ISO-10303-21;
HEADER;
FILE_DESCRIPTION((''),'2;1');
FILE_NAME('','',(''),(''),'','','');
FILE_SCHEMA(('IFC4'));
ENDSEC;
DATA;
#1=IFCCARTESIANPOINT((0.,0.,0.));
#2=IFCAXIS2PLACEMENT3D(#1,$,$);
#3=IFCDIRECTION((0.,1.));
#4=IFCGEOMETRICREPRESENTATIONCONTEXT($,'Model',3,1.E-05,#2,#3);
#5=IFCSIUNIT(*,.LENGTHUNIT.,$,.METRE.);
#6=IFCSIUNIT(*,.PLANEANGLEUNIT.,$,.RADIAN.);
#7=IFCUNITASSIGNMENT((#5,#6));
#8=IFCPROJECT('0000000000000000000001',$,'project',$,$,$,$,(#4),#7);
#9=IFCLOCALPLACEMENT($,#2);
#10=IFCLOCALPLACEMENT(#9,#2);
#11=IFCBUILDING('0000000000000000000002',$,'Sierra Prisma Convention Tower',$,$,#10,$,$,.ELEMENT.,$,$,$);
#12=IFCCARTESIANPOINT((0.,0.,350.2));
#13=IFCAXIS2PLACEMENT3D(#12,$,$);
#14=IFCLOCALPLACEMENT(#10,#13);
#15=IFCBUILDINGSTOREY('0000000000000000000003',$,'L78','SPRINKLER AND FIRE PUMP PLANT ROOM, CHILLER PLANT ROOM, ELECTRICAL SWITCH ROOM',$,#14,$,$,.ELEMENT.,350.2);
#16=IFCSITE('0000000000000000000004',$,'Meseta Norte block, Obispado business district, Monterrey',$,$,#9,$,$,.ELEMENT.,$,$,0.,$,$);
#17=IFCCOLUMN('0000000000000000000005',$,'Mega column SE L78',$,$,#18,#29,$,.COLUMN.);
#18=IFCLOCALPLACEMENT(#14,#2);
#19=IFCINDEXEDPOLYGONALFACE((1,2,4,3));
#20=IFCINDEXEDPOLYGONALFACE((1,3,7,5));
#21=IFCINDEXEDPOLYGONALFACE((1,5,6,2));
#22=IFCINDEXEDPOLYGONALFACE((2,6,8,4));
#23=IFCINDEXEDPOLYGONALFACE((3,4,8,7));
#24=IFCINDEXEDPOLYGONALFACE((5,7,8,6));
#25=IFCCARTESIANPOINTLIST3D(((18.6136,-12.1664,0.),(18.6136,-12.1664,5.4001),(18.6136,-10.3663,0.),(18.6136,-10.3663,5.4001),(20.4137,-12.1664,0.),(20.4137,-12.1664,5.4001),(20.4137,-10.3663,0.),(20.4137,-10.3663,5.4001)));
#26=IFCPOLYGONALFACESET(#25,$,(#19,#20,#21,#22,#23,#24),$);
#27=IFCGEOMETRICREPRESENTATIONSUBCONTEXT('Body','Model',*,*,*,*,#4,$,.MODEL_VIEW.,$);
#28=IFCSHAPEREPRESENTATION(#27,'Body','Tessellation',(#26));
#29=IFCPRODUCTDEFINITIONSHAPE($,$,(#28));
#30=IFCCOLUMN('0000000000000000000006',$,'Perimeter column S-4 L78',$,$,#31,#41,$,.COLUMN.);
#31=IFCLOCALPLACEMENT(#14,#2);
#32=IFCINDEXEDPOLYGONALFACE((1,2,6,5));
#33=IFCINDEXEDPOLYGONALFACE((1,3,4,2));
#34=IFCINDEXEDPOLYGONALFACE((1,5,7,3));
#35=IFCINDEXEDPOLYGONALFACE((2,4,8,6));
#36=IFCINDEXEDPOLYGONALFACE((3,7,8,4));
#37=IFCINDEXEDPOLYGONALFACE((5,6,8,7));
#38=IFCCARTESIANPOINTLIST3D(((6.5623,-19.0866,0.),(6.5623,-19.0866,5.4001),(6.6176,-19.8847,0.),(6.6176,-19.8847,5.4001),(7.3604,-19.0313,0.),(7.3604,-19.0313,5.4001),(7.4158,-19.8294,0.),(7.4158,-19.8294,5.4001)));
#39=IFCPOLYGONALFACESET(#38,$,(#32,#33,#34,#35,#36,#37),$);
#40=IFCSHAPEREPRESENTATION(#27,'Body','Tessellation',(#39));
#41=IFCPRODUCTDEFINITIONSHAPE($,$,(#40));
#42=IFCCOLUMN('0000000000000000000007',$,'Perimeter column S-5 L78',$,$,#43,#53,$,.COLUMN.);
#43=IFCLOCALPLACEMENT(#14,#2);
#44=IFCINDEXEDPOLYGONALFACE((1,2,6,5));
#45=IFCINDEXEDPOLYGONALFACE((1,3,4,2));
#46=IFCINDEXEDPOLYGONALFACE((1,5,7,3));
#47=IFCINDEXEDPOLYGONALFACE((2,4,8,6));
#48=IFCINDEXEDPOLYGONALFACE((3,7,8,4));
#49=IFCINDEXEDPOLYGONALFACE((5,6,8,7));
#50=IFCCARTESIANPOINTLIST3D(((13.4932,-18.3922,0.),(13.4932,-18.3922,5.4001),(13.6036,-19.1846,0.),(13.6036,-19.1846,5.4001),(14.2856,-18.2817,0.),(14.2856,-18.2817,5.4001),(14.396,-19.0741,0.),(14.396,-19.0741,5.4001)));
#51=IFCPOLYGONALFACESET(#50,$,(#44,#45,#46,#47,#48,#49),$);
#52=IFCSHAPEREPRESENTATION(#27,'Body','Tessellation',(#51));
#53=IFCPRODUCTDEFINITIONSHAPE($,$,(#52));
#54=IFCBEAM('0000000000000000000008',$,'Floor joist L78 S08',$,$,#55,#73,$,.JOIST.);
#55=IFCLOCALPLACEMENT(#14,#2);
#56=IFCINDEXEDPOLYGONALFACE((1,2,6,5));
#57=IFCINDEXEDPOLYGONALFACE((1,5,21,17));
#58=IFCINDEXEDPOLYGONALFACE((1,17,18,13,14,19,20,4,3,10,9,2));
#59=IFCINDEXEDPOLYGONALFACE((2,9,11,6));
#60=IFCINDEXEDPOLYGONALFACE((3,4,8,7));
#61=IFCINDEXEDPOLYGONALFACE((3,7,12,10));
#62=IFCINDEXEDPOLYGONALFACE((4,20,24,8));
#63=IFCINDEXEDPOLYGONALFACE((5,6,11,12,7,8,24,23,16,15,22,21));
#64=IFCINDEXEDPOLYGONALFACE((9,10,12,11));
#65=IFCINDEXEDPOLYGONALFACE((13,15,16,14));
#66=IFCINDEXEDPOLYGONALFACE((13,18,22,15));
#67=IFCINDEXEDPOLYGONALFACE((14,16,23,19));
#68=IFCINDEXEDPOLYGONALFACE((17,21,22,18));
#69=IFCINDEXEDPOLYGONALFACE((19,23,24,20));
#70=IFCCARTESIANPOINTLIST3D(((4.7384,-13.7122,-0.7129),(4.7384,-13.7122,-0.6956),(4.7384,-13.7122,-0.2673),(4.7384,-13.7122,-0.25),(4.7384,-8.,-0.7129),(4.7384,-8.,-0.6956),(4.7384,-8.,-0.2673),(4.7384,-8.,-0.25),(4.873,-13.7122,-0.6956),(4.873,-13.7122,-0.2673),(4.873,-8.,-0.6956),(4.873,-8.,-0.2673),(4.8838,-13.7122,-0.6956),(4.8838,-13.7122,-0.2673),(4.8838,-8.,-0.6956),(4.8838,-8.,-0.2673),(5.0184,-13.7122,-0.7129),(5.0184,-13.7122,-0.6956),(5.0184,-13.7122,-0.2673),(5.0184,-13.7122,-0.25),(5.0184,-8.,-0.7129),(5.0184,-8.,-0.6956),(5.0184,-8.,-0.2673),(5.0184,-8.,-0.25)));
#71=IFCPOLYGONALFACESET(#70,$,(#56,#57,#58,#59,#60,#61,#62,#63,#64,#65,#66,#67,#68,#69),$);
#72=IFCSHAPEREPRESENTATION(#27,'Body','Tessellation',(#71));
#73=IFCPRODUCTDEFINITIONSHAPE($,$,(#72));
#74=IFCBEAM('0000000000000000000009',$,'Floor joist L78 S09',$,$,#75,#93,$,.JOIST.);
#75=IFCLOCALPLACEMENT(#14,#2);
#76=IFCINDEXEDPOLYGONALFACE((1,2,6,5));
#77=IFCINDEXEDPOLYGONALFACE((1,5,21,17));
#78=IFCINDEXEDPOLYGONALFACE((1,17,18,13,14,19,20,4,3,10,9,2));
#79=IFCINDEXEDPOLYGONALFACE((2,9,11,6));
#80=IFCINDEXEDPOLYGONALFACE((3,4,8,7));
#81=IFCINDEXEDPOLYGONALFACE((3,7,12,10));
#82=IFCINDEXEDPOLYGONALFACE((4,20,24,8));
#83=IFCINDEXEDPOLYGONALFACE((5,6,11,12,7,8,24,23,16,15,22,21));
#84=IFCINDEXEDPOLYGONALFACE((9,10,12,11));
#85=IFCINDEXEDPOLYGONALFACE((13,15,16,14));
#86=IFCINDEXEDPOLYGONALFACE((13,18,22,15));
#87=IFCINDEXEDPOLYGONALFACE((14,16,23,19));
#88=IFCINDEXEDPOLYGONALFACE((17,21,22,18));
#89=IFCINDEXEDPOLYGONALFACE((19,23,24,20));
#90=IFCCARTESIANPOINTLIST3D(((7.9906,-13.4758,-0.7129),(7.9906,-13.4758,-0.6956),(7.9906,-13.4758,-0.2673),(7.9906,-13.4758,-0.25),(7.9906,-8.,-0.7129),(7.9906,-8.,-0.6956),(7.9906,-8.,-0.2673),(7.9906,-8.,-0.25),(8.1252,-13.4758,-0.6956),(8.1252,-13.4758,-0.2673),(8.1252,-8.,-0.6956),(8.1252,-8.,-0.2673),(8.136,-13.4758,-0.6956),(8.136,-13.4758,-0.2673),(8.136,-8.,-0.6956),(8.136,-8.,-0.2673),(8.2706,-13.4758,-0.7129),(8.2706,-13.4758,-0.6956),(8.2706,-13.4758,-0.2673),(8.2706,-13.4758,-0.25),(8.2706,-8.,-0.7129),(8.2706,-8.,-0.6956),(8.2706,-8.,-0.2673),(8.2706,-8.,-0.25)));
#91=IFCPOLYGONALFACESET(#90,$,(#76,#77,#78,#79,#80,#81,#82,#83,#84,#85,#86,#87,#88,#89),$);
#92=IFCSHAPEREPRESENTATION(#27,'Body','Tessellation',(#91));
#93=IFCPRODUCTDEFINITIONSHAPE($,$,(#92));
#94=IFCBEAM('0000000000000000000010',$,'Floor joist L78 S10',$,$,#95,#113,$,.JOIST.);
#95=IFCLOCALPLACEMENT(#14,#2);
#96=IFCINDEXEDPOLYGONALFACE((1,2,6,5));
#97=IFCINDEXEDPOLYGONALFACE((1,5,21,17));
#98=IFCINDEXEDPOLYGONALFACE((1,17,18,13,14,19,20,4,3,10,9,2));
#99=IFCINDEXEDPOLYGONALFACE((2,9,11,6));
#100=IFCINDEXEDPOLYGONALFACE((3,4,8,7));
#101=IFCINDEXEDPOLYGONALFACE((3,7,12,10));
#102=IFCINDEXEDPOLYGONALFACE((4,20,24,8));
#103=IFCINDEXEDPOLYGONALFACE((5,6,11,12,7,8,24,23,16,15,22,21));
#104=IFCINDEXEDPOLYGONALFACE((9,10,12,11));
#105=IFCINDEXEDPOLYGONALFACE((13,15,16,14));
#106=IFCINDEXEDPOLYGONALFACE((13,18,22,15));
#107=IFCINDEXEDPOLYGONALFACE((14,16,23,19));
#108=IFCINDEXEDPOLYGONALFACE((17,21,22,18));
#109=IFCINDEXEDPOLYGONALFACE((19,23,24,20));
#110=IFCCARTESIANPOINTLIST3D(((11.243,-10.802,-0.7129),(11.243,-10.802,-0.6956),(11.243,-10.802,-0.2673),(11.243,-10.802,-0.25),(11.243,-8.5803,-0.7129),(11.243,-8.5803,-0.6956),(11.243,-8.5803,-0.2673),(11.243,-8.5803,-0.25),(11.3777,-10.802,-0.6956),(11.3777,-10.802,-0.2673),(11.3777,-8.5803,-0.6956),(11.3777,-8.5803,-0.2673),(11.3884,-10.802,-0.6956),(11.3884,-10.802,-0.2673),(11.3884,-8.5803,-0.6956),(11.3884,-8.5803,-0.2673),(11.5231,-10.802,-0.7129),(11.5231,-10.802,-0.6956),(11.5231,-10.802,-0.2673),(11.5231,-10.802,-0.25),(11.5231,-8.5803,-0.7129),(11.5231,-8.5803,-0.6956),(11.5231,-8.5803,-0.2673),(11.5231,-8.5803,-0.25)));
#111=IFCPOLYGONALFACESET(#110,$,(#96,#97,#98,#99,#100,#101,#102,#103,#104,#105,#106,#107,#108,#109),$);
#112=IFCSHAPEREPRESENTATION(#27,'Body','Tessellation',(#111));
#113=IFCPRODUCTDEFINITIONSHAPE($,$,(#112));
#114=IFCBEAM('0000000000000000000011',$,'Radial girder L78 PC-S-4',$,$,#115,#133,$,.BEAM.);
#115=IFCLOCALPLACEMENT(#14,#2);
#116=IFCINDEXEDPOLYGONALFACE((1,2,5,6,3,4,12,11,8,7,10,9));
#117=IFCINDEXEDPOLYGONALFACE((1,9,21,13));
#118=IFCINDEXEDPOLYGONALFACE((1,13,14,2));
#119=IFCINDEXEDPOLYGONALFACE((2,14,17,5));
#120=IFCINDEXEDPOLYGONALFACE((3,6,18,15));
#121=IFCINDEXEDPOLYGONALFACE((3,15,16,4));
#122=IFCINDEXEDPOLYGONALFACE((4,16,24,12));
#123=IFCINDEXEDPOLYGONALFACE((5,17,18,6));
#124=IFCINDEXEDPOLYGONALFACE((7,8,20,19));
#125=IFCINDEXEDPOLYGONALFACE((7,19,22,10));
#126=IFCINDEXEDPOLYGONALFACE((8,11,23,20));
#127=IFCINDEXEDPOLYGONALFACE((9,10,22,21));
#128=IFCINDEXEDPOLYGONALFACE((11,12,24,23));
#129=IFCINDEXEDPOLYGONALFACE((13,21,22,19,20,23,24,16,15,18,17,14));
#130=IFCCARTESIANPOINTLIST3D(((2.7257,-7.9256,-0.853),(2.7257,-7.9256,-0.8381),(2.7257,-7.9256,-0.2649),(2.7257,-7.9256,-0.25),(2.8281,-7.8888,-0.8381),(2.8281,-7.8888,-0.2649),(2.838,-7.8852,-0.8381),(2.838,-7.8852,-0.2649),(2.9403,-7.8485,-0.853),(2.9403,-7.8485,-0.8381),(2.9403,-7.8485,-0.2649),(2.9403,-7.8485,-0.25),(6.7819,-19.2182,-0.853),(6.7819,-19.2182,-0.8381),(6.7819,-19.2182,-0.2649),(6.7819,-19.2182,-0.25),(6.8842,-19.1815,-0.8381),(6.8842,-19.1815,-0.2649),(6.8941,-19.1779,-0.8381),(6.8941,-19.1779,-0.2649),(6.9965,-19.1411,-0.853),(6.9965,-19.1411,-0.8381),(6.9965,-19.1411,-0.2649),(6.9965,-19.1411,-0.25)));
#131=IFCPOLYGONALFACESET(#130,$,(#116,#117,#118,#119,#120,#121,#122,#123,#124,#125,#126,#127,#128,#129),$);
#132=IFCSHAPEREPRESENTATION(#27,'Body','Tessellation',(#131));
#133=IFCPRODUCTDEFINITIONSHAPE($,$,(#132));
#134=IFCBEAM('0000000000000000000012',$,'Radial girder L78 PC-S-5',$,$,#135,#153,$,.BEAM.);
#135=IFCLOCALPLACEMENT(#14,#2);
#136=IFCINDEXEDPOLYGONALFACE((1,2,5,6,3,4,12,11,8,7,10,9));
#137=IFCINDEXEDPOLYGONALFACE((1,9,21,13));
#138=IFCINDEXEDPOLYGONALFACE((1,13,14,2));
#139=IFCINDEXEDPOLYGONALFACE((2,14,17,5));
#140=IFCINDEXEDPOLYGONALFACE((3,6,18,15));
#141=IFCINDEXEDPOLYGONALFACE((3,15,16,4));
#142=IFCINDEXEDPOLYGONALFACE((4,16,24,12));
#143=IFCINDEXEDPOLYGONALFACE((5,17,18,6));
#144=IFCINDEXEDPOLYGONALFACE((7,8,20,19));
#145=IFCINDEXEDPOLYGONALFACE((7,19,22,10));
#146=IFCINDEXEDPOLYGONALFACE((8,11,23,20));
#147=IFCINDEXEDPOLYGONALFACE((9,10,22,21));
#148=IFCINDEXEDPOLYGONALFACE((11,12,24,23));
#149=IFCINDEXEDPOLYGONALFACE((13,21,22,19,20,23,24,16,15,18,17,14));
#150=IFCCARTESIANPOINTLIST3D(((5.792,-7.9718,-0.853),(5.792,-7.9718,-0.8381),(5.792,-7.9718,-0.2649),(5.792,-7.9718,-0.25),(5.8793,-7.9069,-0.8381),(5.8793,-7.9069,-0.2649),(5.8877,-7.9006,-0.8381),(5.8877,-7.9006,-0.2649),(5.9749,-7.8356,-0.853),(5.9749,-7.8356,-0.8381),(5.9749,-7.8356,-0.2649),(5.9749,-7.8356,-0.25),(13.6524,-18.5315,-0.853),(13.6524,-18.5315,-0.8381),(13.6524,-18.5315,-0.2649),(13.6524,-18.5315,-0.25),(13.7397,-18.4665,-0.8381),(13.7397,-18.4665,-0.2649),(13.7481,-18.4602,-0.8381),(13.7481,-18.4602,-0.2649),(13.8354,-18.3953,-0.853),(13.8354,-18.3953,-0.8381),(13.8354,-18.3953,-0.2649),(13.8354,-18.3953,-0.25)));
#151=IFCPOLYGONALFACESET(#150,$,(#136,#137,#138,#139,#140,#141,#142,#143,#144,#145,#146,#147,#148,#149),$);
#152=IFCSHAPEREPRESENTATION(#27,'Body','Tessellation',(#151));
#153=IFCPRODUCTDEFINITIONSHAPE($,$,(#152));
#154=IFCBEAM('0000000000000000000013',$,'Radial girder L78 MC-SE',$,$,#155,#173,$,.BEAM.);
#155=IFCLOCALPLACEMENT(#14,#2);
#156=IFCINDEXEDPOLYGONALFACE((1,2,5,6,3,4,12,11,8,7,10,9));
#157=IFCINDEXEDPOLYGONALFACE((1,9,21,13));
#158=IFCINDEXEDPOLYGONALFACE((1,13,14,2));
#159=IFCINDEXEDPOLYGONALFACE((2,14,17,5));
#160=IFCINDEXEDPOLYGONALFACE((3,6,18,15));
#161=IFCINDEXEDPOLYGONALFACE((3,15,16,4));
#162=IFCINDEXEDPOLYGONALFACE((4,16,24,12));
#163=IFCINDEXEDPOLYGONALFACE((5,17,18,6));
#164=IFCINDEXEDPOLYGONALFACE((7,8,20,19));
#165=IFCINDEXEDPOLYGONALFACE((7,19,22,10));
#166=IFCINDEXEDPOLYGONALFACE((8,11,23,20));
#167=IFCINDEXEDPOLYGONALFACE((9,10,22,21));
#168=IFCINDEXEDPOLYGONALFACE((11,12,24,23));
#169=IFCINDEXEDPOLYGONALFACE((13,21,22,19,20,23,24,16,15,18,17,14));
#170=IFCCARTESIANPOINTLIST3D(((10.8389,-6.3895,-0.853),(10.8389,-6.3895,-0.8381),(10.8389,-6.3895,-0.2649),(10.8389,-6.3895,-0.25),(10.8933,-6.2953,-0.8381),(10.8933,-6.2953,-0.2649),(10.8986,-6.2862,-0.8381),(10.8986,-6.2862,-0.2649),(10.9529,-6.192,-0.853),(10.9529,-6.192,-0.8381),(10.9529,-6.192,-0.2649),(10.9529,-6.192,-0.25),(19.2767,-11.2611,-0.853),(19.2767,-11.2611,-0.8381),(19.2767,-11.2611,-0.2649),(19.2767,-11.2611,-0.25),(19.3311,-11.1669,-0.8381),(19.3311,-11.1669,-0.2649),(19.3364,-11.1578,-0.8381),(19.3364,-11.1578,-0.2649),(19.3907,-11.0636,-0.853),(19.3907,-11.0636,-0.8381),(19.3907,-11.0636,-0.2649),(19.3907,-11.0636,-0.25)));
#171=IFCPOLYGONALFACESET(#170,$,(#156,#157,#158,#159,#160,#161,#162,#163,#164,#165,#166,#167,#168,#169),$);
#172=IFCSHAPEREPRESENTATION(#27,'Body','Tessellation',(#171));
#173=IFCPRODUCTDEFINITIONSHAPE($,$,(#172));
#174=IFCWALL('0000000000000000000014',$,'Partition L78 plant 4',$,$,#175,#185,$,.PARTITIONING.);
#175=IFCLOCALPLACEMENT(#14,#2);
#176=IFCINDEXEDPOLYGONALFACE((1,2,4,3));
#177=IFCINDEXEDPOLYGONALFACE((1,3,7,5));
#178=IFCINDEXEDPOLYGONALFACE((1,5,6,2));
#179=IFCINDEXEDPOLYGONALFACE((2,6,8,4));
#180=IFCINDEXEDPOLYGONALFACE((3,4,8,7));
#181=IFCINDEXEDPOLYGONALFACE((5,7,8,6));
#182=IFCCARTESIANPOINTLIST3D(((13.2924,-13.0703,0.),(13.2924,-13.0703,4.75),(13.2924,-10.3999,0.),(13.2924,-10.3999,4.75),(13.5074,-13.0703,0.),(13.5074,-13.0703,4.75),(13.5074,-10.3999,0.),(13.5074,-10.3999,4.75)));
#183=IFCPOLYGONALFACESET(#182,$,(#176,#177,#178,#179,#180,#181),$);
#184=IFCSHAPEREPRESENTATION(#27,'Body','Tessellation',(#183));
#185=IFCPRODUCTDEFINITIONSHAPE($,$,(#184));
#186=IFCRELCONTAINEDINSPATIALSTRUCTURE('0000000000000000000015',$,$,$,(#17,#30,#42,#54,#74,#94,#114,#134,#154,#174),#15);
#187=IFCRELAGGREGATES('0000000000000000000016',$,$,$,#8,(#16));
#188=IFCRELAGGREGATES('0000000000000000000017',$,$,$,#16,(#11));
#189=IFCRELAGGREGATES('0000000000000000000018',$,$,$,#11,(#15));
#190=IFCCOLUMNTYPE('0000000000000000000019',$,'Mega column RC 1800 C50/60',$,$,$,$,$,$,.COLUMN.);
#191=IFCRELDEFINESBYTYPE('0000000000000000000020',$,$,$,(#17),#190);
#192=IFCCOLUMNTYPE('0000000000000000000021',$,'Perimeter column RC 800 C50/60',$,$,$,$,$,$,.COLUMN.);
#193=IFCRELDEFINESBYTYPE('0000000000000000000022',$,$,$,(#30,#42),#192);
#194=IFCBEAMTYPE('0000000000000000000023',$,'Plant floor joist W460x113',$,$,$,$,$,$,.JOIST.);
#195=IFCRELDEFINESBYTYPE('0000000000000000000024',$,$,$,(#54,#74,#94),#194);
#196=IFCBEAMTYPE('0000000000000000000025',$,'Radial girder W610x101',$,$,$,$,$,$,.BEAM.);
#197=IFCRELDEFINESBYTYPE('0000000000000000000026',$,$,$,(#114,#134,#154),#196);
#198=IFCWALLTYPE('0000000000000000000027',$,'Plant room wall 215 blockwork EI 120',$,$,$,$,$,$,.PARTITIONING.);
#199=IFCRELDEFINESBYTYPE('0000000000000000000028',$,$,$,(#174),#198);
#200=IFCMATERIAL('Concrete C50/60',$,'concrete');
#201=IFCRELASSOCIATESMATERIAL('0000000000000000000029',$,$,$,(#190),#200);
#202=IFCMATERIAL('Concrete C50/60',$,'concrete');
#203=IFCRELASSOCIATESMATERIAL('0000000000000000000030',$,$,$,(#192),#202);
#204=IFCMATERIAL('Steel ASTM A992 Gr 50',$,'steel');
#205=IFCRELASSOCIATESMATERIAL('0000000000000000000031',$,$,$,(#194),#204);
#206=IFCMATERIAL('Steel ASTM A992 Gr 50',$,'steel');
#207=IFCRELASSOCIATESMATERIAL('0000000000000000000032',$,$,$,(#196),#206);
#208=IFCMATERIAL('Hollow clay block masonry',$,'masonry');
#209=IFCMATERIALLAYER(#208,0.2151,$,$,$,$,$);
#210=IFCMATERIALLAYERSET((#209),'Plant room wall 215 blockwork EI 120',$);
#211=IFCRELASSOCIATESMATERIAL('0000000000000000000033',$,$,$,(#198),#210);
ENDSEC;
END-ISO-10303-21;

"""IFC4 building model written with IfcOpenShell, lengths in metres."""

from ifc_helpers import new_model, si_unit, direction, frame, frame_2d, origin, origin_2d, place, context, subcontext, project, spatial, rectangle, i_section, extrude, material, layer, layer_set, material_profile, profile_set, type_object, element, save


model = new_model("IFC4")

# Units and contexts
model_context = context("Model", 3, precision=1e-05, world=origin(), true_north=direction((0.0, 1.0)))
body_context = subcontext(model_context, "Body", "Model", "MODEL_VIEW")
ifc_project = project(units=[si_unit("LENGTHUNIT", "METRE"), si_unit("PLANEANGLEUNIT", "RADIAN")], contexts=[model_context])

# Site, building, storey
site_placement = place(None, origin())
site = spatial("IfcSite", under=ifc_project, at=site_placement, Name="Meseta Norte block, Obispado business district, Monterrey", CompositionType="ELEMENT", RefElevation=0.0)
building_placement = place(site_placement, origin())
building = spatial("IfcBuilding", under=site, at=building_placement, Name="Sierra Prisma Convention Tower", CompositionType="ELEMENT")
storey_placement = place(building_placement, frame((0.0, 0.0, 350.2)))
storey = spatial("IfcBuildingStorey", under=building, at=storey_placement, Name="L78", Description="SPRINKLER AND FIRE PUMP PLANT ROOM, CHILLER PLANT ROOM, ELECTRICAL SWITCH ROOM", CompositionType="ELEMENT", Elevation=350.2)

# Columns
ifc_material_1 = material(Name="Concrete C50/60", Category="concrete")
ifc_material_profile_1 = material_profile(ifc_material_1, rectangle(XDim=1.8, YDim=1.8, at=origin_2d()), Name="Mega column RC 1800 C50/60")
ifc_profile_set_1 = profile_set([ifc_material_profile_1], Name="Concrete C50/60")
column_type_1 = type_object("IfcColumnType", Name="Mega column RC 1800 C50/60", PredefinedType="COLUMN", material=ifc_profile_set_1)
column_placement = place(storey_placement, frame((19.5137, -11.2664, 0.0), z_axis=(0.0, 0.0, 1.0), x_axis=(1.0, 0.0, 0.0)))
element("IfcColumn", 1, at=column_placement, inside=storey, type_object=column_type_1, Name="Mega column SE L78", PredefinedType="COLUMN", context=body_context, shape_type="SweptSolid", body=[
    extrude(rectangle(XDim=1.8, YDim=1.8, at=origin_2d()), origin(), (0.0, 0.0, 1.0), 5.4001),
])
ifc_material_2 = material(Name="Concrete C50/60", Category="concrete")
ifc_material_profile_2 = material_profile(ifc_material_2, rectangle(XDim=0.8, YDim=0.8, at=origin_2d()), Name="Perimeter column RC 800 C50/60")
ifc_profile_set_2 = profile_set([ifc_material_profile_2], Name="Concrete C50/60")
column_type_2 = type_object("IfcColumnType", Name="Perimeter column RC 800 C50/60", PredefinedType="COLUMN", material=ifc_profile_set_2)
for number, where, z_axis, x_axis, name in (
    (2, (6.989, -19.458, 0.0), (0.0, 0.0, 1.0), (0.997605, 0.069175, 0.0), "Perimeter column S-4 L78"),
    (3, (13.9446, -18.7332, 0.0), (0.0, 0.0, 1.0), (0.990429, 0.13802, 0.0), "Perimeter column S-5 L78"),
):
    element("IfcColumn", number, at=place(storey_placement, frame(where, z_axis=z_axis, x_axis=x_axis)), inside=storey, type_object=column_type_2, Name=name, PredefinedType="COLUMN", context=body_context, shape_type="SweptSolid", body=[
        extrude(rectangle(XDim=0.8, YDim=0.8, at=origin_2d()), origin(), (0.0, 0.0, 1.0), 5.4001),
    ])

# Beams
ifc_material_3 = material(Name="Steel ASTM A992 Gr 50", Category="steel")
ifc_material_profile_3 = material_profile(ifc_material_3, i_section(OverallWidth=0.28, OverallDepth=0.4629, WebThickness=0.0107, FlangeThickness=0.0173, at=origin_2d()), Name="W460x113")
ifc_profile_set_3 = profile_set([ifc_material_profile_3], Name="Steel ASTM A992 Gr 50")
beam_type_1 = type_object("IfcBeamType", Name="Plant floor joist W460x113", PredefinedType="JOIST", material=ifc_profile_set_3)
beam_1_placement = place(storey_placement, frame((4.8784, -13.7122, -0.4814), z_axis=(0.0, 1.0, 0.0), x_axis=(-1.0, 0.0, 0.0)))
element("IfcBeam", 4, at=beam_1_placement, inside=storey, type_object=beam_type_1, Name="Floor joist L78 S08", PredefinedType="JOIST", context=body_context, shape_type="SweptSolid", body=[
    extrude(i_section(OverallWidth=0.28, OverallDepth=0.4629, WebThickness=0.0107, FlangeThickness=0.0173, at=origin_2d()), origin(), (0.0, 0.0, 1.0), 5.7122),
])
beam_2_placement = place(storey_placement, frame((8.1306, -13.4758, -0.4814), z_axis=(0.0, 1.0, 0.0), x_axis=(-1.0, 0.0, 0.0)))
element("IfcBeam", 5, at=beam_2_placement, inside=storey, type_object=beam_type_1, Name="Floor joist L78 S09", PredefinedType="JOIST", context=body_context, shape_type="SweptSolid", body=[
    extrude(i_section(OverallWidth=0.28, OverallDepth=0.4629, WebThickness=0.0107, FlangeThickness=0.0173, at=origin_2d()), origin(), (0.0, 0.0, 1.0), 5.4758),
])
beam_3_placement = place(storey_placement, frame((11.3831, -10.802, -0.4814), z_axis=(0.0, 1.0, 0.0), x_axis=(-1.0, 0.0, 0.0)))
element("IfcBeam", 6, at=beam_3_placement, inside=storey, type_object=beam_type_1, Name="Floor joist L78 S10", PredefinedType="JOIST", context=body_context, shape_type="SweptSolid", body=[
    extrude(i_section(OverallWidth=0.28, OverallDepth=0.4629, WebThickness=0.0107, FlangeThickness=0.0173, at=origin_2d()), origin(), (0.0, 0.0, 1.0), 2.2217),
])
ifc_material_4 = material(Name="Steel ASTM A992 Gr 50", Category="steel")
ifc_material_profile_4 = material_profile(ifc_material_4, i_section(OverallWidth=0.228, OverallDepth=0.603, WebThickness=0.0105, FlangeThickness=0.0149, at=origin_2d()), Name="W610x101")
ifc_profile_set_4 = profile_set([ifc_material_profile_4], Name="Steel ASTM A992 Gr 50")
beam_type_2 = type_object("IfcBeamType", Name="Radial girder W610x101", PredefinedType="BEAM", material=ifc_profile_set_4)
beam_4_placement = place(storey_placement, frame((6.8892, -19.1797, -0.5515), z_axis=(-0.338039, 0.941132, 0.0), x_axis=(-0.941132, -0.338039, 0.0)))
element("IfcBeam", 7, at=beam_4_placement, inside=storey, type_object=beam_type_2, Name="Radial girder L78 PC-S-4", PredefinedType="BEAM", context=body_context, shape_type="SweptSolid", body=[
    extrude(i_section(OverallWidth=0.228, OverallDepth=0.603, WebThickness=0.0105, FlangeThickness=0.0149, at=origin_2d()), origin(), (0.0, 0.0, 1.0), 11.999),
])
beam_5_placement = place(storey_placement, frame((13.7439, -18.4634, -0.5515), z_axis=(-0.597112, 0.802158, 0.0), x_axis=(-0.802158, -0.597112, 0.0)))
element("IfcBeam", 8, at=beam_5_placement, inside=storey, type_object=beam_type_2, Name="Radial girder L78 PC-S-5", PredefinedType="BEAM", context=body_context, shape_type="SweptSolid", body=[
    extrude(i_section(OverallWidth=0.228, OverallDepth=0.603, WebThickness=0.0105, FlangeThickness=0.0149, at=origin_2d()), origin(), (0.0, 0.0, 1.0), 13.1641),
])
beam_6_placement = place(storey_placement, frame((19.3337, -11.1624, -0.5515), z_axis=(-0.866023, 0.500004, 0.0), x_axis=(-0.500004, -0.866023, 0.0)))
element("IfcBeam", 9, at=beam_6_placement, inside=storey, type_object=beam_type_2, Name="Radial girder L78 MC-SE", PredefinedType="BEAM", context=body_context, shape_type="SweptSolid", body=[
    extrude(i_section(OverallWidth=0.228, OverallDepth=0.603, WebThickness=0.0105, FlangeThickness=0.0149, at=origin_2d()), origin(), (0.0, 0.0, 1.0), 9.7432),
])

# Wall
ifc_material_5 = material(Name="Hollow clay block masonry", Category="masonry")
ifc_layer = layer(ifc_material_5, 0.2151)
ifc_layer_set = layer_set([ifc_layer], Name="Plant room wall 215 blockwork EI 120")
wall_type = type_object("IfcWallType", Name="Plant room wall 215 blockwork EI 120", PredefinedType="PARTITIONING", material=ifc_layer_set)
wall_placement = place(storey_placement, frame((13.3999, -10.3999, 0.0), z_axis=(0.0, 0.0, 1.0), x_axis=(0.0, -1.0, 0.0)))
element("IfcWall", 10, at=wall_placement, inside=storey, type_object=wall_type, Name="Partition L78 plant 4", PredefinedType="PARTITIONING", context=body_context, shape_type="SweptSolid", body=[
    extrude(rectangle(XDim=2.6704, YDim=0.2151, at=frame_2d((1.3352, 0.0))), origin(), (0.0, 0.0, 1.0), 4.75),
])

save(model, "model.ifc")
